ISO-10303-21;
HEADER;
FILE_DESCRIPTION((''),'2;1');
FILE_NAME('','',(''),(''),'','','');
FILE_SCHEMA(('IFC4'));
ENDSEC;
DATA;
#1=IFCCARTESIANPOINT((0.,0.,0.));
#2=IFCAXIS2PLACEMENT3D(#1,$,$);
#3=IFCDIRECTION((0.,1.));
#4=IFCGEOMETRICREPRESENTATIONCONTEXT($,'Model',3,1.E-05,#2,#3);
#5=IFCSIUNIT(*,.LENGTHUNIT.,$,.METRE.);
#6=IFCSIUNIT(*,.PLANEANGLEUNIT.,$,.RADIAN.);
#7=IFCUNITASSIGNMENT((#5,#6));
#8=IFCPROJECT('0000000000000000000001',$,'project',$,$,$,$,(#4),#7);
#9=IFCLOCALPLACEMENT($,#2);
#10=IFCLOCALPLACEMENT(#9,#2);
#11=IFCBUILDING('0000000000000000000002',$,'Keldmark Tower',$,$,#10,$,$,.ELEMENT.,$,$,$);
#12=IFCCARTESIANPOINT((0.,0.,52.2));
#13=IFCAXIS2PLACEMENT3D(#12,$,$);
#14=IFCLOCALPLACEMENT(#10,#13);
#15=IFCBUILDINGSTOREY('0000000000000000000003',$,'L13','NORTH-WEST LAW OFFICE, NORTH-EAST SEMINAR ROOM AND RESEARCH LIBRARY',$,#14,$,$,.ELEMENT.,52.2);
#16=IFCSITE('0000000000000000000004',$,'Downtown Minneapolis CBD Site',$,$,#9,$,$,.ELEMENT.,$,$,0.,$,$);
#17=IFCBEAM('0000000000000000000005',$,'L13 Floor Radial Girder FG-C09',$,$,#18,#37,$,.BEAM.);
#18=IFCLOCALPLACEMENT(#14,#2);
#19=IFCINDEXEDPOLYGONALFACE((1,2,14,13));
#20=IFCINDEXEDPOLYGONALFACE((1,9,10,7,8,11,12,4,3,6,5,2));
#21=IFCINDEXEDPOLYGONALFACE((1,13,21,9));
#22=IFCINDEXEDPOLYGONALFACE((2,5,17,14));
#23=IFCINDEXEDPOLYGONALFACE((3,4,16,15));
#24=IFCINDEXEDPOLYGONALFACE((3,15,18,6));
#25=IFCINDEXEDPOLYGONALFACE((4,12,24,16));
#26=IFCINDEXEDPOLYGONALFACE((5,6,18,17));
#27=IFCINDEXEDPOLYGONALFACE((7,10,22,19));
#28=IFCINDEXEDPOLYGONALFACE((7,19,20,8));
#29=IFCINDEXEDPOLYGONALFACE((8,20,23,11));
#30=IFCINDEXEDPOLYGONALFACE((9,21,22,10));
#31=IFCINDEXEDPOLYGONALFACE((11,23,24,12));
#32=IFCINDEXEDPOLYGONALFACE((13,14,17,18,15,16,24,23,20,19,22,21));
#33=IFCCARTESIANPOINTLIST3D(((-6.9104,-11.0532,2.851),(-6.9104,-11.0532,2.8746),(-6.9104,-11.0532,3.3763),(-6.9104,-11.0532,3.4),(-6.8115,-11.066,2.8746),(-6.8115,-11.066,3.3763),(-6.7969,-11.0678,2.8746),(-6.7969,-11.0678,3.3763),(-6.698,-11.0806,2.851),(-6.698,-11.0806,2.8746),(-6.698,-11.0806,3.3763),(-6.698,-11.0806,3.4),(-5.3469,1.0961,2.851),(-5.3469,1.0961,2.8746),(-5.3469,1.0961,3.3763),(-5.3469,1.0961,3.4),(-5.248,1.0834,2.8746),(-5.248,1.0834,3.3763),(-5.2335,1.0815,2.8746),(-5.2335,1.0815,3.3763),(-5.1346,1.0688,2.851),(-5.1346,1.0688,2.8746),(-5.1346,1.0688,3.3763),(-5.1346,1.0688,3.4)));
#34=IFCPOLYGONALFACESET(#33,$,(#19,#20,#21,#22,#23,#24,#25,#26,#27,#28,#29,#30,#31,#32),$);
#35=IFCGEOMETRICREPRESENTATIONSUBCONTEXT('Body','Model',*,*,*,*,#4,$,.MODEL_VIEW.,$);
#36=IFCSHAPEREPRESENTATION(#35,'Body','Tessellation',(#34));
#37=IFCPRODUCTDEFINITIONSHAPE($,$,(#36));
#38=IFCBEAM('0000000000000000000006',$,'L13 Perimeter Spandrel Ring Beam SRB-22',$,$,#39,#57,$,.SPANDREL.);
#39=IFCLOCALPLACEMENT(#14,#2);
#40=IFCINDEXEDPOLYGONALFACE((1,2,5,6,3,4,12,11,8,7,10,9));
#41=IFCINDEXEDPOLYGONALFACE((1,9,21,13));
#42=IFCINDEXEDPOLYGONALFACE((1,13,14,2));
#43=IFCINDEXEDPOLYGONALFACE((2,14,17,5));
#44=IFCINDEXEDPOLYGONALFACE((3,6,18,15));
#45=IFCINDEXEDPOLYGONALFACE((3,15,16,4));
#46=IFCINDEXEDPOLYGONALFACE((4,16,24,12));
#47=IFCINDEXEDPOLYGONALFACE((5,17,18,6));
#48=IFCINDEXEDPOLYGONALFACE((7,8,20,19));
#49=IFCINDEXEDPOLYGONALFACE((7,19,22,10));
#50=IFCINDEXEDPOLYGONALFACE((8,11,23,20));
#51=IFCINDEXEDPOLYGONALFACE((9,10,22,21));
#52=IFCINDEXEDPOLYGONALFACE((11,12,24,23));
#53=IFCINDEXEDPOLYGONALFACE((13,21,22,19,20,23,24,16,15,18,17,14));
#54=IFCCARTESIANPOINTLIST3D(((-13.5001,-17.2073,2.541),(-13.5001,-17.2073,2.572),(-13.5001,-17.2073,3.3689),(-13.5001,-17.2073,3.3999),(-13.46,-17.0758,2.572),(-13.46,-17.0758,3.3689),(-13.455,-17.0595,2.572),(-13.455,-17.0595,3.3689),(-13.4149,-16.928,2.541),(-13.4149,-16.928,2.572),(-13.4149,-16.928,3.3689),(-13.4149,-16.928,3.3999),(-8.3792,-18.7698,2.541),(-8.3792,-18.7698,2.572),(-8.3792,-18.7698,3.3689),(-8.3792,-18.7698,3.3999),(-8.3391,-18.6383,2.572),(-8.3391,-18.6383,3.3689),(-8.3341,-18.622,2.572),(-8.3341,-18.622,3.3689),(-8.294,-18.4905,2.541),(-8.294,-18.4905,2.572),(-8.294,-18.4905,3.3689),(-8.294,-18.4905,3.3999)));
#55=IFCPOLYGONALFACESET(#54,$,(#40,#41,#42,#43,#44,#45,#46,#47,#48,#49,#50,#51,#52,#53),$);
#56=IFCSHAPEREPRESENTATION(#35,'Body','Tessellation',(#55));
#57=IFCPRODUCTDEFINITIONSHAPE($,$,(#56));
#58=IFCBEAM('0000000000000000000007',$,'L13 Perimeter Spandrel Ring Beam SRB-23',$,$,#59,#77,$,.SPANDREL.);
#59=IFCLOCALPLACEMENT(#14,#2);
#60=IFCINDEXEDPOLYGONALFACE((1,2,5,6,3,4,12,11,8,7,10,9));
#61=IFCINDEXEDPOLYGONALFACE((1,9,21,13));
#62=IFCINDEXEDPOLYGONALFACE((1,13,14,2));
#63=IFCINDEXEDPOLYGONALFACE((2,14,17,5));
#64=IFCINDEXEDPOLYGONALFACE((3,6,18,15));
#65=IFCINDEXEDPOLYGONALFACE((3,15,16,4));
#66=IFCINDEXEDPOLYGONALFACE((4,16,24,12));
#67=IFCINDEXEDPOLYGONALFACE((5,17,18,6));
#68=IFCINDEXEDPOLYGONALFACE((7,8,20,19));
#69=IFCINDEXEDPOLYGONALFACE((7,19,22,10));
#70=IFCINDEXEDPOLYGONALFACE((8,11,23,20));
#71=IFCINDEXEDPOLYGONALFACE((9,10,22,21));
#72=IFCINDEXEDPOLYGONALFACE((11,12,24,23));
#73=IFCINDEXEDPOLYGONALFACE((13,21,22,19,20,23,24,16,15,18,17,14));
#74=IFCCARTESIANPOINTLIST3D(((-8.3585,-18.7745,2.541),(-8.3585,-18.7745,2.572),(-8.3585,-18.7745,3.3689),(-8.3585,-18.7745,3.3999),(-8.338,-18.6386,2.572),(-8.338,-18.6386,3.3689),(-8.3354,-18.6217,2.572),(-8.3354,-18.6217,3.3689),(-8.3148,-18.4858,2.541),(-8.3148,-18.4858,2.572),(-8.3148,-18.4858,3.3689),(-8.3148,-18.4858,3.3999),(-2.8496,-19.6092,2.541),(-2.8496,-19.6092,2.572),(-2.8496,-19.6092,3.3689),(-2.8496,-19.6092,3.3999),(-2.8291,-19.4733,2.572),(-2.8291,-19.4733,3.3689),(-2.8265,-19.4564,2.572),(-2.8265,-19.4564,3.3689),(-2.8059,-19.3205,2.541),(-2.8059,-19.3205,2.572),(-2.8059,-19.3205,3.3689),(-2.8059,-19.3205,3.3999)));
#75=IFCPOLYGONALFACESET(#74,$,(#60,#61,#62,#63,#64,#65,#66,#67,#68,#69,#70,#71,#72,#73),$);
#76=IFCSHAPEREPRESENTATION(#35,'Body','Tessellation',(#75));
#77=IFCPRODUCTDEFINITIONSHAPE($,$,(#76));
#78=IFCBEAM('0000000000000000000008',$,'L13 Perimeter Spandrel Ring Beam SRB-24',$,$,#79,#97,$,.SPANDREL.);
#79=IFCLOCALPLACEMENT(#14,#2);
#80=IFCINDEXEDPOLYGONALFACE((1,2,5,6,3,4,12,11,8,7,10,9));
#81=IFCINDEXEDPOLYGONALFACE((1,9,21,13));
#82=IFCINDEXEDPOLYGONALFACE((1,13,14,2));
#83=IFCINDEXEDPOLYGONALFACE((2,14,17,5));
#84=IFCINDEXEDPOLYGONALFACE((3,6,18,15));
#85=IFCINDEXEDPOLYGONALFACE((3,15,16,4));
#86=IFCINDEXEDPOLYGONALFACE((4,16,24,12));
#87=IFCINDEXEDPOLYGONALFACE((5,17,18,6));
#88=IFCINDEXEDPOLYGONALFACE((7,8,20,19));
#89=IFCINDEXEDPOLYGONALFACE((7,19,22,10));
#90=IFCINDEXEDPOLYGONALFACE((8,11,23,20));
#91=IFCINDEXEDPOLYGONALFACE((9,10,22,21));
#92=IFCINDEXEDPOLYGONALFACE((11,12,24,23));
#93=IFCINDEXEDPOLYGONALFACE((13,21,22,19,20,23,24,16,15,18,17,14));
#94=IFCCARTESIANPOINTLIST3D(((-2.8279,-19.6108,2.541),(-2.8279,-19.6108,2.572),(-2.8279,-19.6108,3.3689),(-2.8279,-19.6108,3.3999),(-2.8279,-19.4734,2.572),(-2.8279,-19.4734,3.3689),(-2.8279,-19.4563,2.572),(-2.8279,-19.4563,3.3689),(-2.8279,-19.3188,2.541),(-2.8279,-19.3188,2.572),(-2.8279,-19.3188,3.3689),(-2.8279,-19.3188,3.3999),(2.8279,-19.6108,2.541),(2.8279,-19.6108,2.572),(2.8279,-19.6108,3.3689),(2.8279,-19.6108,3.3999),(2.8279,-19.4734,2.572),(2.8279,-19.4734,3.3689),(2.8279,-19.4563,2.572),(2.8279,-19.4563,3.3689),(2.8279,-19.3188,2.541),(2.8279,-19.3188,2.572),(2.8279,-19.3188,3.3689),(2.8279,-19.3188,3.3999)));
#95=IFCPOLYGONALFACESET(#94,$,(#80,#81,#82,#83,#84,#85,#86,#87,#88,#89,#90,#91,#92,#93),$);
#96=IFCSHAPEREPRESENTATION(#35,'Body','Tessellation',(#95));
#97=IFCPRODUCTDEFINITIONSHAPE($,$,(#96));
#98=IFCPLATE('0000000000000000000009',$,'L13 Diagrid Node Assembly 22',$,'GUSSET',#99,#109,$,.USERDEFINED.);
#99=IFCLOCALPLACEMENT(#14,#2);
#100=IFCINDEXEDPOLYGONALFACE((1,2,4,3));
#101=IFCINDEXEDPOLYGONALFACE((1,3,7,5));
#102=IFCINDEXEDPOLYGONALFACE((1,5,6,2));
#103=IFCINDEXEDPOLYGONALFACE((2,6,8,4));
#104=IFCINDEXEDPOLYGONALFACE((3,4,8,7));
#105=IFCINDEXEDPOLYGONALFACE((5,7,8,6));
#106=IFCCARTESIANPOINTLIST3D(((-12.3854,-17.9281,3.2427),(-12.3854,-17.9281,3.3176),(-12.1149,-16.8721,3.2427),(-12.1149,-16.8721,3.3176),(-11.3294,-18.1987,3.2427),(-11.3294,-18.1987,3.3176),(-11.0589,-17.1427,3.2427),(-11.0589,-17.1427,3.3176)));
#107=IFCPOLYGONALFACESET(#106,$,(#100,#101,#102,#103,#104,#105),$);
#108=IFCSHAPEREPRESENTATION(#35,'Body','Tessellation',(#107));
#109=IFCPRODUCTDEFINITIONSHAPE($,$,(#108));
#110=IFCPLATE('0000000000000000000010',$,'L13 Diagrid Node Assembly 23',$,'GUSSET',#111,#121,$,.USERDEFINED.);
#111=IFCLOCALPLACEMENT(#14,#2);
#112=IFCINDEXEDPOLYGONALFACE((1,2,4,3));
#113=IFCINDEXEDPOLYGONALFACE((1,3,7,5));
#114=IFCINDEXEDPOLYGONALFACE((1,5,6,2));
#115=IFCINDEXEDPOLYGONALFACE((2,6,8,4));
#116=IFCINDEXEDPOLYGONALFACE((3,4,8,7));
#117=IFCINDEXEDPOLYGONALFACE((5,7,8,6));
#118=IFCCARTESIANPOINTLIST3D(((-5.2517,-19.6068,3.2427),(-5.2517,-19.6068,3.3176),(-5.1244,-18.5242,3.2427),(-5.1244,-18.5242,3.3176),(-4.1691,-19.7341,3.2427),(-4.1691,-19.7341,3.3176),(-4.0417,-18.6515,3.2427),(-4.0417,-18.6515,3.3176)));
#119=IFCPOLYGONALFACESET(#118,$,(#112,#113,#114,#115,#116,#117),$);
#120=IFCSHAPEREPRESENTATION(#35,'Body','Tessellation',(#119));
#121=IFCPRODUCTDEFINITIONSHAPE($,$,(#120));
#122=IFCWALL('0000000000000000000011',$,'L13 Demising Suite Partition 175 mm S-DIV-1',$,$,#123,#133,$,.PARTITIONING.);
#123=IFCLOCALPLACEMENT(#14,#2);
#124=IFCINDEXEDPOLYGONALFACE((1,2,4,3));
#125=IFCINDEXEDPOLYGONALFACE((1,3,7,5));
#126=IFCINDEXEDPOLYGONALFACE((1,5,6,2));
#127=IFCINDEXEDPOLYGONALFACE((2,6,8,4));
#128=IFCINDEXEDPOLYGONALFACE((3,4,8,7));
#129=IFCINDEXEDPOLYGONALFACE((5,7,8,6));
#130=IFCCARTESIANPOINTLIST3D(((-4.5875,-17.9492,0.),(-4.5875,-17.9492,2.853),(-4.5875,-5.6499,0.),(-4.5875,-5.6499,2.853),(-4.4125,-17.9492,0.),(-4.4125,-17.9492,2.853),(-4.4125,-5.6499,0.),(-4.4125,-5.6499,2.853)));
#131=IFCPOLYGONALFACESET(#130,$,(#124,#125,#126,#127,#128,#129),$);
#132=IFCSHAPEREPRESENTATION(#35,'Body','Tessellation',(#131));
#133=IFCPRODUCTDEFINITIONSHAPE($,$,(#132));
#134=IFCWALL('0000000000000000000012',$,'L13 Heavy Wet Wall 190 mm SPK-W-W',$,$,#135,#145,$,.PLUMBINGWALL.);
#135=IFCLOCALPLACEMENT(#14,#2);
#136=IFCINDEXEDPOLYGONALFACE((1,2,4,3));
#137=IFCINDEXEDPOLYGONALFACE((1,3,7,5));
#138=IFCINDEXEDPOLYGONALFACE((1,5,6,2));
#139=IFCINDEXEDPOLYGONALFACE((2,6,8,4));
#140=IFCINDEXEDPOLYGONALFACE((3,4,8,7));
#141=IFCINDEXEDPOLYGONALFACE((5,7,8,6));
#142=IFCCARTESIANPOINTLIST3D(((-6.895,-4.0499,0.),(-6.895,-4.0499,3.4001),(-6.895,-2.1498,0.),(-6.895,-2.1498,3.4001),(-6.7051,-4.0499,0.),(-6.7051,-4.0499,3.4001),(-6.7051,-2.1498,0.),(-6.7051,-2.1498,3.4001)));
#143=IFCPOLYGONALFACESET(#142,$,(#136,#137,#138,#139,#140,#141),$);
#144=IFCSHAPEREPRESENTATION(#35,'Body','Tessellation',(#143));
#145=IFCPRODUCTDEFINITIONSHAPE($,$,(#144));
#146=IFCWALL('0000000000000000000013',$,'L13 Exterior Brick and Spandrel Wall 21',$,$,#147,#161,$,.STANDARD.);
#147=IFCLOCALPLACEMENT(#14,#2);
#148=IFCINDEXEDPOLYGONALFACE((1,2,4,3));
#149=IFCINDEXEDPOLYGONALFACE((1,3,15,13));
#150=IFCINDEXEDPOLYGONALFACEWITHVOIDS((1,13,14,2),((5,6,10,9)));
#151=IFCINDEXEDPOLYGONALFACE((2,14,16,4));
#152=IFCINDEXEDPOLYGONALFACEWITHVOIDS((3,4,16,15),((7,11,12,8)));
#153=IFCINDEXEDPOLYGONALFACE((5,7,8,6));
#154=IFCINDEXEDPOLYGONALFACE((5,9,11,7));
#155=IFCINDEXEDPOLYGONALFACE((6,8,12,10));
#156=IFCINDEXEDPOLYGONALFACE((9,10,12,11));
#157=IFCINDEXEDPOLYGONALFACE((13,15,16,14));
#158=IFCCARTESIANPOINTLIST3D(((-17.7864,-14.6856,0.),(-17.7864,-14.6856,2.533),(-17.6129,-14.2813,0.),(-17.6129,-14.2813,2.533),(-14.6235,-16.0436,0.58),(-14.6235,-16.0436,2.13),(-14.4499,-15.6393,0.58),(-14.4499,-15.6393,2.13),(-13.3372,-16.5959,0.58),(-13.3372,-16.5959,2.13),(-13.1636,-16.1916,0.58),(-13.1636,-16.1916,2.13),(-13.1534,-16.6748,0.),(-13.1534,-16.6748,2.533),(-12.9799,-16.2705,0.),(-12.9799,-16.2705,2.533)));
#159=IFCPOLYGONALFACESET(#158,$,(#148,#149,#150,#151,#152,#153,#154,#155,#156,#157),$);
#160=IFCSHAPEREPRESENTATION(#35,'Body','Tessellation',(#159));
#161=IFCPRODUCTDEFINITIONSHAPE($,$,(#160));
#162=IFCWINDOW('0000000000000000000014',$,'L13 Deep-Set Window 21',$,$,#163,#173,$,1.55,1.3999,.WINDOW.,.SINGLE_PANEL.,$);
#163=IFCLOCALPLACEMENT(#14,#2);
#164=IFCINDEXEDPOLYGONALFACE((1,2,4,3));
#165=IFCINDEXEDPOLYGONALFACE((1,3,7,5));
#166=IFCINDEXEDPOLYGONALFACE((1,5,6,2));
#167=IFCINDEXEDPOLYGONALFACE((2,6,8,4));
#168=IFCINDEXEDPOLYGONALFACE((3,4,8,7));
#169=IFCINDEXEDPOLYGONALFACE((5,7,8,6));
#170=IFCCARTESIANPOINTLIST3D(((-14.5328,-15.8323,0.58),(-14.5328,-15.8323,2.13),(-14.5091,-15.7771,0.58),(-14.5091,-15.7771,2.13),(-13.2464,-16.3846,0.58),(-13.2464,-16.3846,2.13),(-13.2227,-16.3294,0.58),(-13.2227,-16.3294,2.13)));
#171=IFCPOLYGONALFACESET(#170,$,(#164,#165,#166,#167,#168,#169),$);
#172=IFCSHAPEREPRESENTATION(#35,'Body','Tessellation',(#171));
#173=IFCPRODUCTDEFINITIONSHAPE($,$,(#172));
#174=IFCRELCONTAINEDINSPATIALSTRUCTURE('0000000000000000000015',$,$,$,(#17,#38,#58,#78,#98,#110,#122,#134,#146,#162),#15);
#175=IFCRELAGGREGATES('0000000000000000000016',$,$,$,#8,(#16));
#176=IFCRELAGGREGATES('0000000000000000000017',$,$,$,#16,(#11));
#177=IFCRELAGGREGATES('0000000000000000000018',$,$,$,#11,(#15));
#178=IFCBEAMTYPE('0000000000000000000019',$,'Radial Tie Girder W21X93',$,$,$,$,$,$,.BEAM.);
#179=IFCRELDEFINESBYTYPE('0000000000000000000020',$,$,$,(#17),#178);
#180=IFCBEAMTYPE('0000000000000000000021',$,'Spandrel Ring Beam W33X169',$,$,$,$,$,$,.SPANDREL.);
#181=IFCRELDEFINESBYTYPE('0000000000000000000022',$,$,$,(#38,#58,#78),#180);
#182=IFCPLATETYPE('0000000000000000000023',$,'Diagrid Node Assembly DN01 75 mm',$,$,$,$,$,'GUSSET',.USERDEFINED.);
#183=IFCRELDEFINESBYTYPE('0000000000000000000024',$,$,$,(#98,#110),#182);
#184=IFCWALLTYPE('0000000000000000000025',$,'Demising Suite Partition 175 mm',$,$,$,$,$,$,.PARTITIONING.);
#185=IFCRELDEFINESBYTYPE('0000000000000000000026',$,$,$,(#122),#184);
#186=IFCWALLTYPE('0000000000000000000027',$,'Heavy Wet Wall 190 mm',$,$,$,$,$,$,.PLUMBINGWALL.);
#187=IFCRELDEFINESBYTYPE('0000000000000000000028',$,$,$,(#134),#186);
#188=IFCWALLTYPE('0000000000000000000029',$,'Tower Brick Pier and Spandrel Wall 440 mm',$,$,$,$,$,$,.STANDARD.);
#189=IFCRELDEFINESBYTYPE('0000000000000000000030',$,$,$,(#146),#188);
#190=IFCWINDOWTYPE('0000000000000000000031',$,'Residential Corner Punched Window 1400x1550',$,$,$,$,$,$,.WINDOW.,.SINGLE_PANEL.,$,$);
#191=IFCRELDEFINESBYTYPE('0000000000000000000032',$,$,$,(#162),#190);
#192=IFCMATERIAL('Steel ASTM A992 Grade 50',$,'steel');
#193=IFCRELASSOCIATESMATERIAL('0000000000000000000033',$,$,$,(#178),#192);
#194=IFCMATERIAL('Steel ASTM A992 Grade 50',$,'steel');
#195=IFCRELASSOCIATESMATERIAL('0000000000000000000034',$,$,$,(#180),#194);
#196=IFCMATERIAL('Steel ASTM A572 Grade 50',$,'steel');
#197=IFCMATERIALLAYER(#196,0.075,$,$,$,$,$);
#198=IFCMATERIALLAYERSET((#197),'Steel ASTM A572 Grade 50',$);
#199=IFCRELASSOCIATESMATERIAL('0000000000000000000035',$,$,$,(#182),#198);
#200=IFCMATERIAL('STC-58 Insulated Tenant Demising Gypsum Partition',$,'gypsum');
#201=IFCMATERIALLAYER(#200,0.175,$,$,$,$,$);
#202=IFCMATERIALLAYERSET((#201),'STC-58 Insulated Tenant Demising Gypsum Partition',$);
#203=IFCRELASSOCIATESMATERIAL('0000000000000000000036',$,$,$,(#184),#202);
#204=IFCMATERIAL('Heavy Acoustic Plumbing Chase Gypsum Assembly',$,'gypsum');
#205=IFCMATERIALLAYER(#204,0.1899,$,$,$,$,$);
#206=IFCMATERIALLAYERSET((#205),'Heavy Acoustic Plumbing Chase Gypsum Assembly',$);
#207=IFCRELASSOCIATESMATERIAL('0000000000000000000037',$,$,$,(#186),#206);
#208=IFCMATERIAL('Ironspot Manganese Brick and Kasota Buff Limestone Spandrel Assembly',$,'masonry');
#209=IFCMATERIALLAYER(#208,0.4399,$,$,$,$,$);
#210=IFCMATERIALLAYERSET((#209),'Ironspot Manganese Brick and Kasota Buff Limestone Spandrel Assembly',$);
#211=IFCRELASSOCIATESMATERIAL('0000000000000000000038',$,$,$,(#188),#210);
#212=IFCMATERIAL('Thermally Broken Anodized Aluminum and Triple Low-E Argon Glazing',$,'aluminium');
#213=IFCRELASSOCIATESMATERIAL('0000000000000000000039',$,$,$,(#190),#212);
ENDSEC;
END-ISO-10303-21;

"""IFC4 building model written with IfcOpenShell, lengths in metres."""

from ifc_helpers import new_model, si_unit, direction, frame, frame_2d, origin, origin_2d, place, context, subcontext, project, spatial, rectangle, i_section, extrude, material, layer, layer_set, material_profile, profile_set, type_object, element, fill, save


model = new_model("IFC4")

# Units and contexts
model_context = context("Model", 3, precision=1e-05, world=origin(), true_north=direction((0.0, 1.0)))
body_context = subcontext(model_context, "Body", "Model", "MODEL_VIEW")
ifc_project = project(units=[si_unit("LENGTHUNIT", "METRE"), si_unit("PLANEANGLEUNIT", "RADIAN")], contexts=[model_context])

# Site, building, storey
site_placement = place(None, origin())
site = spatial("IfcSite", under=ifc_project, at=site_placement, Name="Downtown Minneapolis CBD Site", CompositionType="ELEMENT", RefElevation=0.0)
building_placement = place(site_placement, origin())
building = spatial("IfcBuilding", under=site, at=building_placement, Name="Keldmark Tower", CompositionType="ELEMENT")
storey_placement = place(building_placement, frame((0.0, 0.0, 52.2)))
storey = spatial("IfcBuildingStorey", under=building, at=storey_placement, Name="L13", Description="NORTH-WEST LAW OFFICE, NORTH-EAST SEMINAR ROOM AND RESEARCH LIBRARY", CompositionType="ELEMENT", Elevation=52.2)

# Beams
ifc_material_1 = material(Name="Steel ASTM A992 Grade 50", Category="steel")
ifc_material_profile_1 = material_profile(ifc_material_1, i_section(OverallWidth=0.2141, OverallDepth=0.5491, WebThickness=0.0146, FlangeThickness=0.0237, at=origin_2d()), Name="W21X93")
ifc_profile_set_1 = profile_set([ifc_material_profile_1], Name="Steel ASTM A992 Grade 50")
beam_type_1 = type_object("IfcBeamType", Name="Radial Tie Girder W21X93", PredefinedType="BEAM", material=ifc_profile_set_1)
beam_1_placement = place(storey_placement, frame((-6.8042, -11.0669, 3.1255), z_axis=(0.127635, 0.991821, 0.0), x_axis=(-0.991821, 0.127635, 0.0)))
element("IfcBeam", 1, at=beam_1_placement, inside=storey, type_object=beam_type_1, Name="L13 Floor Radial Girder FG-C09", PredefinedType="BEAM", context=body_context, shape_type="SweptSolid", body=[
    extrude(i_section(OverallWidth=0.2141, OverallDepth=0.5491, WebThickness=0.0146, FlangeThickness=0.0237, at=origin_2d()), origin(), (0.0, 0.0, 1.0), 12.2495),
])
ifc_material_2 = material(Name="Steel ASTM A992 Grade 50", Category="steel")
ifc_material_profile_2 = material_profile(ifc_material_2, i_section(OverallWidth=0.292, OverallDepth=0.8589, WebThickness=0.0171, FlangeThickness=0.031, at=origin_2d()), Name="W33X169")
ifc_profile_set_2 = profile_set([ifc_material_profile_2], Name="Steel ASTM A992 Grade 50")
beam_type_2 = type_object("IfcBeamType", Name="Spandrel Ring Beam W33X169", PredefinedType="SPANDREL", material=ifc_profile_set_2)
beam_2_placement = place(storey_placement, frame((-13.4575, -17.0676, 2.9705), z_axis=(0.956467, -0.291842, 0.0), x_axis=(0.291842, 0.956467, 0.0)))
element("IfcBeam", 2, at=beam_2_placement, inside=storey, type_object=beam_type_2, Name="L13 Perimeter Spandrel Ring Beam SRB-22", PredefinedType="SPANDREL", context=body_context, shape_type="SweptSolid", body=[
    extrude(i_section(OverallWidth=0.292, OverallDepth=0.8589, WebThickness=0.0171, FlangeThickness=0.031, at=origin_2d()), origin(), (0.0, 0.0, 1.0), 5.354),
])
beam_3_placement = place(storey_placement, frame((-8.3367, -18.6301, 2.9705), z_axis=(0.988714, -0.149814, 0.0), x_axis=(0.149814, 0.988714, 0.0)))
element("IfcBeam", 3, at=beam_3_placement, inside=storey, type_object=beam_type_2, Name="L13 Perimeter Spandrel Ring Beam SRB-23", PredefinedType="SPANDREL", context=body_context, shape_type="SweptSolid", body=[
    extrude(i_section(OverallWidth=0.292, OverallDepth=0.8589, WebThickness=0.0171, FlangeThickness=0.031, at=origin_2d()), origin(), (0.0, 0.0, 1.0), 5.5718),
])
beam_4_placement = place(storey_placement, frame((-2.8279, -19.4648, 2.9705), z_axis=(1.0, 0.0, 0.0), x_axis=(0.0, 1.0, 0.0)))
element("IfcBeam", 4, at=beam_4_placement, inside=storey, type_object=beam_type_2, Name="L13 Perimeter Spandrel Ring Beam SRB-24", PredefinedType="SPANDREL", context=body_context, shape_type="SweptSolid", body=[
    extrude(i_section(OverallWidth=0.292, OverallDepth=0.8589, WebThickness=0.0171, FlangeThickness=0.031, at=origin_2d()), origin(), (0.0, 0.0, 1.0), 5.6558),
])

# Plates
ifc_material_3 = material(Name="Steel ASTM A572 Grade 50", Category="steel")
ifc_layer_1 = layer(ifc_material_3, 0.075)
ifc_layer_set_1 = layer_set([ifc_layer_1], Name="Steel ASTM A572 Grade 50")
plate_type = type_object("IfcPlateType", Name="Diagrid Node Assembly DN01 75 mm", ElementType="GUSSET", PredefinedType="USERDEFINED", material=ifc_layer_set_1)
for number, where, z_axis, x_axis, name in (
    (5, (-11.7222, -17.5354, 3.2427), (0.0, 0.0, 1.0), (0.968713, -0.248183, 0.0), "L13 Diagrid Node Assembly 22"),
    (6, (-4.6467, -19.1292, 3.2427), (0.0, 0.0, 1.0), (0.99315, -0.116844, 0.0), "L13 Diagrid Node Assembly 23"),
):
    element("IfcPlate", number, at=place(storey_placement, frame(where, z_axis=z_axis, x_axis=x_axis)), inside=storey, type_object=plate_type, Name=name, ObjectType="GUSSET", PredefinedType="USERDEFINED", context=body_context, shape_type="SweptSolid", body=[
        extrude(rectangle(XDim=1.0901, YDim=1.0901, at=origin_2d()), origin(), (0.0, 0.0, 1.0), 0.075),
    ])

# Wall
ifc_material_4 = material(Name="STC-58 Insulated Tenant Demising Gypsum Partition", Category="gypsum")
ifc_layer_2 = layer(ifc_material_4, 0.175)
ifc_layer_set_2 = layer_set([ifc_layer_2], Name="STC-58 Insulated Tenant Demising Gypsum Partition")
wall_type_1 = type_object("IfcWallType", Name="Demising Suite Partition 175 mm", PredefinedType="PARTITIONING", material=ifc_layer_set_2)
wall_1_placement = place(storey_placement, frame((-4.5, -17.9492, 0.0), z_axis=(0.0, 0.0, 1.0), x_axis=(0.0, 1.0, 0.0)))
element("IfcWall", 7, at=wall_1_placement, inside=storey, type_object=wall_type_1, Name="L13 Demising Suite Partition 175 mm S-DIV-1", PredefinedType="PARTITIONING", context=body_context, shape_type="SweptSolid", body=[
    extrude(rectangle(XDim=12.2993, YDim=0.175, at=frame_2d((6.1497, 0.0))), origin(), (0.0, 0.0, 1.0), 2.853),
])

# Shared definitions
ifc_material_5 = material(Name="Heavy Acoustic Plumbing Chase Gypsum Assembly", Category="gypsum")
ifc_layer_3 = layer(ifc_material_5, 0.1899)
ifc_layer_set_3 = layer_set([ifc_layer_3], Name="Heavy Acoustic Plumbing Chase Gypsum Assembly")
wall_type_2 = type_object("IfcWallType", Name="Heavy Wet Wall 190 mm", PredefinedType="PLUMBINGWALL", material=ifc_layer_set_3)

# Wall
wall_2_placement = place(storey_placement, frame((-6.8, -4.05, 0.0), z_axis=(0.0, 0.0, 1.0), x_axis=(0.0, 1.0, 0.0)))
element("IfcWall", 8, at=wall_2_placement, inside=storey, type_object=wall_type_2, Name="L13 Heavy Wet Wall 190 mm SPK-W-W", PredefinedType="PLUMBINGWALL", context=body_context, shape_type="SweptSolid", body=[
    extrude(rectangle(XDim=1.9001, YDim=0.1899, at=frame_2d((0.9502, 0.0))), origin(), (0.0, 0.0, 1.0), 3.4001),
])

# Wall, opening, window
ifc_material_6 = material(Name="Ironspot Manganese Brick and Kasota Buff Limestone Spandrel Assembly", Category="masonry")
ifc_layer_4 = layer(ifc_material_6, 0.4399)
ifc_layer_set_4 = layer_set([ifc_layer_4], Name="Ironspot Manganese Brick and Kasota Buff Limestone Spandrel Assembly")
wall_type_3 = type_object("IfcWallType", Name="Tower Brick Pier and Spandrel Wall 440 mm", PredefinedType="STANDARD", material=ifc_layer_set_4)
wall_3_placement = place(storey_placement, frame((-13.0667, -16.4727, 0.0), z_axis=(0.0, 0.0, 1.0), x_axis=(-0.918882, 0.394533, 0.0)))
wall_3 = element("IfcWall", 9, at=wall_3_placement, inside=storey, type_object=wall_type_3, Name="L13 Exterior Brick and Spandrel Wall 21", PredefinedType="STANDARD", context=body_context, shape_type="SweptSolid", body=[
    extrude(rectangle(XDim=5.042, YDim=0.4399, at=frame_2d((2.521, 0.0))), origin(), (0.0, 0.0, 1.0), 2.533),
])
opening_1_placement = place(wall_3_placement, frame((0.2, 0.0, 0.5801)))
opening_1 = element("IfcOpeningElement", 10, at=opening_1_placement, cuts=wall_3, PredefinedType="OPENING", context=body_context, shape_type="SweptSolid", body=[
    extrude(rectangle(XDim=1.3999, YDim=1.55, at=frame_2d((0.7, 0.7749))), frame((0.0, 0.23, 0.0), z_axis=(0.0, -1.0, 0.0), x_axis=(1.0, 0.0, 0.0)), (0.0, 0.0, 1.0), 0.46),
])
ifc_material_7 = material(Name="Thermally Broken Anodized Aluminum and Triple Low-E Argon Glazing", Category="aluminium")
window_type = type_object("IfcWindowType", Name="Residential Corner Punched Window 1400x1550", PartitioningType="SINGLE_PANEL", PredefinedType="WINDOW", material=ifc_material_7)
window_1_placement = place(opening_1_placement, origin())
window_1 = element("IfcWindow", 11, at=window_1_placement, inside=storey, type_object=window_type, Name="L13 Deep-Set Window 21", OverallHeight=1.55, OverallWidth=1.3999, PartitioningType="SINGLE_PANEL", PredefinedType="WINDOW", context=body_context, shape_type="SweptSolid", body=[
    extrude(rectangle(XDim=1.3999, YDim=1.55, at=frame_2d((0.7, 0.7749))), frame((0.0, -0.01, 0.0), z_axis=(0.0, -1.0, 0.0), x_axis=(1.0, 0.0, 0.0)), (0.0, 0.0, 1.0), 0.0601),
])
fill(opening_1, window_1)

save(model, "model.ifc")
